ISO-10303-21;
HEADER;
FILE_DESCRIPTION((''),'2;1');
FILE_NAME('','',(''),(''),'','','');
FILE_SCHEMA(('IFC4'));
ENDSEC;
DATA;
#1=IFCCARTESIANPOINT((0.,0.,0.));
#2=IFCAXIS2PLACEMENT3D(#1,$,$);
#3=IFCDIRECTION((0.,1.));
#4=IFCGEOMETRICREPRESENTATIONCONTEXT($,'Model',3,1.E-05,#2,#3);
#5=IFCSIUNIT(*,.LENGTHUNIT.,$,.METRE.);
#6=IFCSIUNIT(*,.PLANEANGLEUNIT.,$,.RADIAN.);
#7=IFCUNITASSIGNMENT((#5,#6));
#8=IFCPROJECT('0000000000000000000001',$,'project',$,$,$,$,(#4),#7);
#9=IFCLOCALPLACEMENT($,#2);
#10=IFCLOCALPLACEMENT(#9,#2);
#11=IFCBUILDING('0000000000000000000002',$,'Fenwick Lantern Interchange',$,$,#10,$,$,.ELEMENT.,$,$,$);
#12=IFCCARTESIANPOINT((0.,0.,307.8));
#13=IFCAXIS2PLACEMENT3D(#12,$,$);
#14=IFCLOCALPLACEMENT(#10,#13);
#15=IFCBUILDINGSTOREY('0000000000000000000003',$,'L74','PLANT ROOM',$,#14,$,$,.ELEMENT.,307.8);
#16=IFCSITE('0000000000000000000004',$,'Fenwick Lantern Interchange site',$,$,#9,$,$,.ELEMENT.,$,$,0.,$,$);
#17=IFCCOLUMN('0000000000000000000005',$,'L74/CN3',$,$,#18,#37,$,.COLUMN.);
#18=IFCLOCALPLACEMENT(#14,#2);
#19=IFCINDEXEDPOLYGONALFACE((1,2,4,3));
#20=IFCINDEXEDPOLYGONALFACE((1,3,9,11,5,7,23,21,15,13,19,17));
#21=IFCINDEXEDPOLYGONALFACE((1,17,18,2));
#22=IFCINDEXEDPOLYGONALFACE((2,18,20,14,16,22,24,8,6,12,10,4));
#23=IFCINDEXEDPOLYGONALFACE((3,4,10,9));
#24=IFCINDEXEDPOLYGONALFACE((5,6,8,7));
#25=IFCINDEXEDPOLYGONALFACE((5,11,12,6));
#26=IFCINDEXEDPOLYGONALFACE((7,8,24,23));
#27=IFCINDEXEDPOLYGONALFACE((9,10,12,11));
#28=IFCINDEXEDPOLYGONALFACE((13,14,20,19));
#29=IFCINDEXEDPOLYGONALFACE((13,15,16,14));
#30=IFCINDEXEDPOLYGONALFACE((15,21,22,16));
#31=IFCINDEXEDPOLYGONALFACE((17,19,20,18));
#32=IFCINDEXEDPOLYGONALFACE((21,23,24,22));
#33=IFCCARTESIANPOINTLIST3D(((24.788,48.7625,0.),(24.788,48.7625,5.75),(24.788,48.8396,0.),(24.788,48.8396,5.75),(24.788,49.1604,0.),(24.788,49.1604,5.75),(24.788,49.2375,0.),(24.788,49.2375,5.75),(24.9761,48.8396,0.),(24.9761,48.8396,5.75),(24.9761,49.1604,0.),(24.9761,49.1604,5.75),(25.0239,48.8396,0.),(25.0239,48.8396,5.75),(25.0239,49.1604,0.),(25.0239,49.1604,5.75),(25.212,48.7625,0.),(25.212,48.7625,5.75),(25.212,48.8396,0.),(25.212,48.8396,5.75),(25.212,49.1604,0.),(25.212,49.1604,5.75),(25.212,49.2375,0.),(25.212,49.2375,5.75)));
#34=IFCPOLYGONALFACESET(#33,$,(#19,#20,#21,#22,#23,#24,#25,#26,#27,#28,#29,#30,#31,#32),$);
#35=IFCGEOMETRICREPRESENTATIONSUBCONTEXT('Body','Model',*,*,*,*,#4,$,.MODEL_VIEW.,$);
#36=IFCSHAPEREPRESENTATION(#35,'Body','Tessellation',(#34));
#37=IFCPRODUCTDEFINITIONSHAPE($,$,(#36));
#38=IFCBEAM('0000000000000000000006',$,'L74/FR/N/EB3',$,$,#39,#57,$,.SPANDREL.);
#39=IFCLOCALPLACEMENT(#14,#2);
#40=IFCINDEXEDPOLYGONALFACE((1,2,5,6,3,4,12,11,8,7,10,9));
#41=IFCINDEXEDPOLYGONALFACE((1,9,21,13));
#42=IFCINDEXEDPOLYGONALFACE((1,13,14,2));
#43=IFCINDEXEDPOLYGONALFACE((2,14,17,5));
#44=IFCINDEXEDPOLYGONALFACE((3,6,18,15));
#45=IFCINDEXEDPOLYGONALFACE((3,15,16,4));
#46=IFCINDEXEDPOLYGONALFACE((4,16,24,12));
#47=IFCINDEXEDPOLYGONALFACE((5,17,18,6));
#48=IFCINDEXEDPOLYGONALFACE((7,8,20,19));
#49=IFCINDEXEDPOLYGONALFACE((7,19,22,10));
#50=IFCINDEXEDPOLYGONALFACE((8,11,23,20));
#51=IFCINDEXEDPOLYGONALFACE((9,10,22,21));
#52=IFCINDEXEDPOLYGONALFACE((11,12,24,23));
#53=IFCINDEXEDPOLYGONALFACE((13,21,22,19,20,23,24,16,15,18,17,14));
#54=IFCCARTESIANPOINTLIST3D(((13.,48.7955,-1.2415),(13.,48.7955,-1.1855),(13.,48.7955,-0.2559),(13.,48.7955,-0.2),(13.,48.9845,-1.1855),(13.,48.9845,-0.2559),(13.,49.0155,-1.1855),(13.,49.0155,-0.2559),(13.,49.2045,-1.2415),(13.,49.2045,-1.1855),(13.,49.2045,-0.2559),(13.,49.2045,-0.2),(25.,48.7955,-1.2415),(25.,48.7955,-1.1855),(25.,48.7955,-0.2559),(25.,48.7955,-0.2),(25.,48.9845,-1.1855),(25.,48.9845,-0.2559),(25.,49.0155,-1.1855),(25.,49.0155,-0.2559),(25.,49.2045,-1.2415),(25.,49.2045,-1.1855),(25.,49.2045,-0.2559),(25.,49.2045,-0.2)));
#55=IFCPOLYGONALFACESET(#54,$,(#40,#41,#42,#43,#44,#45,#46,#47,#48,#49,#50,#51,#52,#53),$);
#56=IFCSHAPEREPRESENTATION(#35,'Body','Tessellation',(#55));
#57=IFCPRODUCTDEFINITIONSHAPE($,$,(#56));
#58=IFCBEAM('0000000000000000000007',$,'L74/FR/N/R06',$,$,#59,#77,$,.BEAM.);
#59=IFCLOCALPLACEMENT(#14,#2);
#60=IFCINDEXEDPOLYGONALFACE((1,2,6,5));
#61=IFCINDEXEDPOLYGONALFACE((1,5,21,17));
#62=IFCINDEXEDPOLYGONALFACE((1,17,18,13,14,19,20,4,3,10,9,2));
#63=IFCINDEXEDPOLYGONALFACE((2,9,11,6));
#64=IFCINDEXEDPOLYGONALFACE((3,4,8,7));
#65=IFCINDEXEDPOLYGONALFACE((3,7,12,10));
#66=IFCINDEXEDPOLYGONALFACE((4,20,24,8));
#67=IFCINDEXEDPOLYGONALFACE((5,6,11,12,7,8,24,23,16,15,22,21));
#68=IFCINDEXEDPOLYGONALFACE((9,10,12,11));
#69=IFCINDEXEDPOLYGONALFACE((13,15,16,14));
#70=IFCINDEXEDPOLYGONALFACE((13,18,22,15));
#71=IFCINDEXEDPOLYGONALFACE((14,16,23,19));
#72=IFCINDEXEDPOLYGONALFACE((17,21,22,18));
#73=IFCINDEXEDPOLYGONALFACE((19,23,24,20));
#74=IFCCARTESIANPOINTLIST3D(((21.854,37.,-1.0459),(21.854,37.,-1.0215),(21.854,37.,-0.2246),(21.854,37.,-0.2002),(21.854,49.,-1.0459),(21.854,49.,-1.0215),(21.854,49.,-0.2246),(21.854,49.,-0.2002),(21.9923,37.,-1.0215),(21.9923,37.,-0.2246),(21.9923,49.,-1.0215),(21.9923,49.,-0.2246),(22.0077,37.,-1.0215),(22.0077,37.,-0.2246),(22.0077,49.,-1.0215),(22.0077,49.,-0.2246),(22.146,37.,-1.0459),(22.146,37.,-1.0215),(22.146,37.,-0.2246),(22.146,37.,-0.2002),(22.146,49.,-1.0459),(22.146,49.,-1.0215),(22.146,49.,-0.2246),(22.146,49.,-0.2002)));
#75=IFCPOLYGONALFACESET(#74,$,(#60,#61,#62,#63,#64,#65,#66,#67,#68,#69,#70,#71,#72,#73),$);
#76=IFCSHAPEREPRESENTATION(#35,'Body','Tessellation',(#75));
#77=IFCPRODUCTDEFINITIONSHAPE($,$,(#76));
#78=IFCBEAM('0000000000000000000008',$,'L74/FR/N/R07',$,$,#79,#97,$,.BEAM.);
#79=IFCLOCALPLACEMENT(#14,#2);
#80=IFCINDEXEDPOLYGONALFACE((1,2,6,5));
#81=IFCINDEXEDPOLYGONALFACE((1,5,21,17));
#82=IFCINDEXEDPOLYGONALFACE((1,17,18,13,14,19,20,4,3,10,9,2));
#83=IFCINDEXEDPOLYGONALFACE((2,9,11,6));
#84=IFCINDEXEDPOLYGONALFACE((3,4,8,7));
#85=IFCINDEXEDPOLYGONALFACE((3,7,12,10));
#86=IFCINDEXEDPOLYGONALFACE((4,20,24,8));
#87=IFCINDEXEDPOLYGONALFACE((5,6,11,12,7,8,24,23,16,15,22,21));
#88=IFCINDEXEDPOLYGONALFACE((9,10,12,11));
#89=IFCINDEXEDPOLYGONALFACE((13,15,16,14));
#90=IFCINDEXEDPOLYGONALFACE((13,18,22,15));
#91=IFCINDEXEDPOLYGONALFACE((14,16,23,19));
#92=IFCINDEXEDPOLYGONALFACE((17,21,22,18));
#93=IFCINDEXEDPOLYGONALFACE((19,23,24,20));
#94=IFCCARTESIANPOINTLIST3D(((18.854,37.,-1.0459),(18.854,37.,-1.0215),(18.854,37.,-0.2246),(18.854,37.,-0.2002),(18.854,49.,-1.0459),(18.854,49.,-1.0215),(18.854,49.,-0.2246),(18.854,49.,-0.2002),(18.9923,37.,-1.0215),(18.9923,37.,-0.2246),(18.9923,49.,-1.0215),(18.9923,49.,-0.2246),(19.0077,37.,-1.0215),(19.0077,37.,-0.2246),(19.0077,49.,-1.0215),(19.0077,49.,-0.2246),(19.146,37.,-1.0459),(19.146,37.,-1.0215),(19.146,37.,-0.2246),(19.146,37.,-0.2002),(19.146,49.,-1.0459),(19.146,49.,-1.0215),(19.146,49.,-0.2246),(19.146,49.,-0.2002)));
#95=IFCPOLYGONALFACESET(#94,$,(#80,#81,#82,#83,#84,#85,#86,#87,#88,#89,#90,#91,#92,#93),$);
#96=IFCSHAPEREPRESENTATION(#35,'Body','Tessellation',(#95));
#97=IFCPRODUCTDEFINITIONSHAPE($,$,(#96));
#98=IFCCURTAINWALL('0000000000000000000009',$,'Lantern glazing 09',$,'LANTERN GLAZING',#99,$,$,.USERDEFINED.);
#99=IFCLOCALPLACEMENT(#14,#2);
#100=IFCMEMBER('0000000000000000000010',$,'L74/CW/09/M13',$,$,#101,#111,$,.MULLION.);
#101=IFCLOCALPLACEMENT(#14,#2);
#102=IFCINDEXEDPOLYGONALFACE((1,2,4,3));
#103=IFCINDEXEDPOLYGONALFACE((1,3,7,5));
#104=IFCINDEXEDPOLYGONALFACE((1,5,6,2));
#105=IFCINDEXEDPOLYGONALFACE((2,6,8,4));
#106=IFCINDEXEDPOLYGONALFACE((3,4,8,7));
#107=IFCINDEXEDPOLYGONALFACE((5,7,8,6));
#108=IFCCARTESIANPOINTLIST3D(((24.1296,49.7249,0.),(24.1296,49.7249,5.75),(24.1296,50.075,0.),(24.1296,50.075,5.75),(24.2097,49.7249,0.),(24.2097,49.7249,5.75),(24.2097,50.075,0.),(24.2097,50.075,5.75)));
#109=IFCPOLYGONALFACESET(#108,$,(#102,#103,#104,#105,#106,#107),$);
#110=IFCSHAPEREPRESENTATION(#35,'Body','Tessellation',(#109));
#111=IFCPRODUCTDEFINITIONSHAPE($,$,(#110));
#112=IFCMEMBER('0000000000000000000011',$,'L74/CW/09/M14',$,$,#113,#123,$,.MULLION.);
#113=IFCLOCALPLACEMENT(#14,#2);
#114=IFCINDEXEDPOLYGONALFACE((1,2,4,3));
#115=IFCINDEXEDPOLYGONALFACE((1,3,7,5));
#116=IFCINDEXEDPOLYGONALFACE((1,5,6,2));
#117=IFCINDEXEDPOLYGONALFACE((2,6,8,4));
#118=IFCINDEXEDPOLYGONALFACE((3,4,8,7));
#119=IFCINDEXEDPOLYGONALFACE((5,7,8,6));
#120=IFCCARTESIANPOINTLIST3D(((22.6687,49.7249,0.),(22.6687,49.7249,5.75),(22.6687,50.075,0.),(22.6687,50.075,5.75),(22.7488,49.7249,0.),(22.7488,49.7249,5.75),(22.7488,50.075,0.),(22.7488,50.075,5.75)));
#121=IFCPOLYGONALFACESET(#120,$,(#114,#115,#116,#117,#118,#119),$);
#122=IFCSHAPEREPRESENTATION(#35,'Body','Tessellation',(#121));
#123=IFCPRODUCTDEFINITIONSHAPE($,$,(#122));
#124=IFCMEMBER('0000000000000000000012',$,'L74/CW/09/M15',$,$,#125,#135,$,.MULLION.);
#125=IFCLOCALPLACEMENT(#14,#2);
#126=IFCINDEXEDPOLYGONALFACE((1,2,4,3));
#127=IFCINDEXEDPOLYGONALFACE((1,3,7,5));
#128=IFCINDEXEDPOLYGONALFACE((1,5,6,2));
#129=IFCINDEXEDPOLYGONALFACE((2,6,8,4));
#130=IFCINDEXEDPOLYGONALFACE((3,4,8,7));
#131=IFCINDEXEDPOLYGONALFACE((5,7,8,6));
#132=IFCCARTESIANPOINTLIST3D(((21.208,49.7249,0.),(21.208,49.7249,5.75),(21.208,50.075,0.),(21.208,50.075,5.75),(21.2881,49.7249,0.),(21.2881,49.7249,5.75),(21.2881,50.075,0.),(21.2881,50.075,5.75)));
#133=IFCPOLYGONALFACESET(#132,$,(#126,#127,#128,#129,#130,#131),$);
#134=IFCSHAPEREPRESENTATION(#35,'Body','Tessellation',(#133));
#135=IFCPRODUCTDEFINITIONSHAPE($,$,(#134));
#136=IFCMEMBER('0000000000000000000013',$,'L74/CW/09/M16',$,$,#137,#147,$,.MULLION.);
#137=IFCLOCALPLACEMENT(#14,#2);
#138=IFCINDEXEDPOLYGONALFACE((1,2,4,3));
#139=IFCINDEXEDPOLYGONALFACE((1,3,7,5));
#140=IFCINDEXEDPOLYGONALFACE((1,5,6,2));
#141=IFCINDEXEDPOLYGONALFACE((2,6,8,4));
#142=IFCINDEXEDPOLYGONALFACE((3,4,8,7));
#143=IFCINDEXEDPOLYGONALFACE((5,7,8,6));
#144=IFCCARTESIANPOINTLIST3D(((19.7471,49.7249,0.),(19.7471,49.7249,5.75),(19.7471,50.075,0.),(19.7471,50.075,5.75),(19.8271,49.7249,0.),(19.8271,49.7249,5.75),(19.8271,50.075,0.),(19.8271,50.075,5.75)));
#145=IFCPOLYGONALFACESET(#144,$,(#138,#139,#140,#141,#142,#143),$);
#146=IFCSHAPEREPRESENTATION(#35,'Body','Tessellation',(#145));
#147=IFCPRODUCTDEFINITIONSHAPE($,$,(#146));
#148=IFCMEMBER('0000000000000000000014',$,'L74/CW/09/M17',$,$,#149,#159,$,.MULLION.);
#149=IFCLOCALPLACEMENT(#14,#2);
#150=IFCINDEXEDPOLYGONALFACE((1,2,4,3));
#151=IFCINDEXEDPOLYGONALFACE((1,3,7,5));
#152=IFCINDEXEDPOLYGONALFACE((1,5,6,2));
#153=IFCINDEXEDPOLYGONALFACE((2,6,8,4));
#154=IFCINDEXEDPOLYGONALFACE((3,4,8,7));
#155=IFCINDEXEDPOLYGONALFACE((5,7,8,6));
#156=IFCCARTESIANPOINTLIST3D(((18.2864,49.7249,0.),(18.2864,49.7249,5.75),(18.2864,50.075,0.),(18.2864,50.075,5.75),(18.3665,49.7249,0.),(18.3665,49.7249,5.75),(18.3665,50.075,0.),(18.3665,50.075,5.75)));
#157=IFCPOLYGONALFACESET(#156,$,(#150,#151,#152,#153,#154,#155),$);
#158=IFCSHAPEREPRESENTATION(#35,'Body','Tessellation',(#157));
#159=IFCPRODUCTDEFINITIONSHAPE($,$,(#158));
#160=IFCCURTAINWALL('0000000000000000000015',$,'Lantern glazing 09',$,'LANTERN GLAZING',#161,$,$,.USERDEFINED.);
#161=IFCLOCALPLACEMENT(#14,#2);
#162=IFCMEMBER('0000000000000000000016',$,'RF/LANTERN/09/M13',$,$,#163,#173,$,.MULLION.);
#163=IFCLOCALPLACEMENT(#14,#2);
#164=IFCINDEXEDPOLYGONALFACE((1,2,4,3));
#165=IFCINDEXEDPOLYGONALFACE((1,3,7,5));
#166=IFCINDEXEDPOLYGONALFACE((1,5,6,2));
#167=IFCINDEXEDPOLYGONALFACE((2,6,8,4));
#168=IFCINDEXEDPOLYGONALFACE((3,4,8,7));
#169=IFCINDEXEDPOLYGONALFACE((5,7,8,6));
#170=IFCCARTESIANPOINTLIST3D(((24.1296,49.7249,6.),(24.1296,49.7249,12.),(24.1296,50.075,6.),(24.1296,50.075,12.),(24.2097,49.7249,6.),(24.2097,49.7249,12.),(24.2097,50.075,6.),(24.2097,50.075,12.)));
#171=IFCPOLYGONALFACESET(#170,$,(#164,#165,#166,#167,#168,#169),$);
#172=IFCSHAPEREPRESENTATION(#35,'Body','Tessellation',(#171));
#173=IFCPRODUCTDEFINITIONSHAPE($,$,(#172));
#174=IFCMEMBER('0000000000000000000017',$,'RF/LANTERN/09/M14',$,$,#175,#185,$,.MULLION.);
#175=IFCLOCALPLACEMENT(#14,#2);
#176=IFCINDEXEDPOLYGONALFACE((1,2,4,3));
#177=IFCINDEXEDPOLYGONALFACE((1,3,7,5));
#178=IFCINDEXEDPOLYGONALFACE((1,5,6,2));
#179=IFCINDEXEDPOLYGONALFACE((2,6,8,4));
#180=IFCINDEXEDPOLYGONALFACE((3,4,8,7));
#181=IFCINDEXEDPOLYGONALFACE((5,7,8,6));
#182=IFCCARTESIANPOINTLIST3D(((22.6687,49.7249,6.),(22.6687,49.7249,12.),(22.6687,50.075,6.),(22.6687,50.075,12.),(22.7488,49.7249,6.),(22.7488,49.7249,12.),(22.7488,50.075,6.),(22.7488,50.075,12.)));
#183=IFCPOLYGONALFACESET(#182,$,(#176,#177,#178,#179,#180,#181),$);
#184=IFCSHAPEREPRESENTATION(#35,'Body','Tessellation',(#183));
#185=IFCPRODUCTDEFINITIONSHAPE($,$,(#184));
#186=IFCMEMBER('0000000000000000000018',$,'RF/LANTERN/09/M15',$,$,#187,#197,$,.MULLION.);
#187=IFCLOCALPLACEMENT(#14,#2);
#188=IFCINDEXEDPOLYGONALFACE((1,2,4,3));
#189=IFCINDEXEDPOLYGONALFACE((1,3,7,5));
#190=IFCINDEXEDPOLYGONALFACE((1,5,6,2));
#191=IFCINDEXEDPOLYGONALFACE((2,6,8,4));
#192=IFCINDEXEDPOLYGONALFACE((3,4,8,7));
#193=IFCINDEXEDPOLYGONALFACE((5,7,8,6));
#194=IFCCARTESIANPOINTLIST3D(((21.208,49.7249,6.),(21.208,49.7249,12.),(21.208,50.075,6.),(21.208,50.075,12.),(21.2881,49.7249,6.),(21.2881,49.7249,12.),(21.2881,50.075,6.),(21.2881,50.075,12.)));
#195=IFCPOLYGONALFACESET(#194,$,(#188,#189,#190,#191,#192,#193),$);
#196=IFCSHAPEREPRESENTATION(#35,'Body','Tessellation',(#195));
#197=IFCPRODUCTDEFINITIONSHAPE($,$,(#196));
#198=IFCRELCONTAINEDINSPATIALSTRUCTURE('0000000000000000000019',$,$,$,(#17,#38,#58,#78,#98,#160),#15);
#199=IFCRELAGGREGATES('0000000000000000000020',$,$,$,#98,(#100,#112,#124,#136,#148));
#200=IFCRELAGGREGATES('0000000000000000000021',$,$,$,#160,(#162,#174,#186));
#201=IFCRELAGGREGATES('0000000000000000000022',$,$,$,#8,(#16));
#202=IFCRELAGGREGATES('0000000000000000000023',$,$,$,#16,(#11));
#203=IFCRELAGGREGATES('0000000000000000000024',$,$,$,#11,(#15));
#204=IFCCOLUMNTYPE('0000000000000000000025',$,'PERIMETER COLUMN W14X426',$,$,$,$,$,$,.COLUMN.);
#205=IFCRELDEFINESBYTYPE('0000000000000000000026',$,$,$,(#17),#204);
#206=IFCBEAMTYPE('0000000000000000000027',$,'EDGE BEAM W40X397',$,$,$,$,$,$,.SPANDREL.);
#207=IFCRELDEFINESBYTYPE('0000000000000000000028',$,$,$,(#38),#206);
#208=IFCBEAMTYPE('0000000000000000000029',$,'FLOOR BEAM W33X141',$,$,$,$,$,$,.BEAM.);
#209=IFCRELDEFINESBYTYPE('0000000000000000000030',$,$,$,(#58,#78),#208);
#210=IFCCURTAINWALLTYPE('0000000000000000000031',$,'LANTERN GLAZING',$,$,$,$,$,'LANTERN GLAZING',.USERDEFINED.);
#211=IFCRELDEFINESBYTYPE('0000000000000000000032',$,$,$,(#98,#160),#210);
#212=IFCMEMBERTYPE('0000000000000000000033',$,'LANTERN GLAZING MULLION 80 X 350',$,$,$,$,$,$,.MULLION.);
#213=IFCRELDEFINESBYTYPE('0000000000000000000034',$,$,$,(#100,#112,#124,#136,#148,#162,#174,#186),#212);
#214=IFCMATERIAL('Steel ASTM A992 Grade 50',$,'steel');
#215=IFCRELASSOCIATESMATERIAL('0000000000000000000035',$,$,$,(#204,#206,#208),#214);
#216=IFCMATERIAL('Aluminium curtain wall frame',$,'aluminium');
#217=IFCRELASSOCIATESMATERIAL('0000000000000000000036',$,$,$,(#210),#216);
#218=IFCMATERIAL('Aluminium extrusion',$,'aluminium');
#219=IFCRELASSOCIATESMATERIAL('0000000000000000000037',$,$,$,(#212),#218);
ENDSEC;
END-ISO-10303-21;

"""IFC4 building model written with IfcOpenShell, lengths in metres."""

from ifc_helpers import new_model, si_unit, direction, frame, origin, origin_2d, place, context, subcontext, project, spatial, rectangle, i_section, extrude, material, material_profile, profile_set, type_object, element, aggregate, save


model = new_model("IFC4")

# Units and contexts
model_context = context("Model", 3, precision=1e-05, world=origin(), true_north=direction((0.0, 1.0)))
body_context = subcontext(model_context, "Body", "Model", "MODEL_VIEW")
ifc_project = project(units=[si_unit("LENGTHUNIT", "METRE"), si_unit("PLANEANGLEUNIT", "RADIAN")], contexts=[model_context])

# Site, building, storey
site_placement = place(None, origin())
site = spatial("IfcSite", under=ifc_project, at=site_placement, Name="Fenwick Lantern Interchange site", CompositionType="ELEMENT", RefElevation=0.0)
building_placement = place(site_placement, origin())
building = spatial("IfcBuilding", under=site, at=building_placement, Name="Fenwick Lantern Interchange", CompositionType="ELEMENT")
storey_placement = place(building_placement, frame((0.0, 0.0, 307.8)))
storey = spatial("IfcBuildingStorey", under=building, at=storey_placement, Name="L74", Description="PLANT ROOM", CompositionType="ELEMENT", Elevation=307.8)

# Column
ifc_material_1 = material(Name="Steel ASTM A992 Grade 50", Category="steel")
ifc_material_profile_1 = material_profile(ifc_material_1, i_section(OverallWidth=0.4241, OverallDepth=0.4751, WebThickness=0.0479, FlangeThickness=0.0771, at=origin_2d()), Name="W14X426")
ifc_profile_set_1 = profile_set([ifc_material_profile_1], Name="Steel ASTM A992 Grade 50")
column_type = type_object("IfcColumnType", Name="PERIMETER COLUMN W14X426", PredefinedType="COLUMN", material=ifc_profile_set_1)
column_placement = place(storey_placement, frame((25.0, 49.0, 0.0), z_axis=(0.0, 0.0, 1.0), x_axis=(1.0, 0.0, 0.0)))
element("IfcColumn", 1, at=column_placement, inside=storey, type_object=column_type, Name="L74/CN3", PredefinedType="COLUMN", context=body_context, shape_type="SweptSolid", body=[
    extrude(i_section(OverallWidth=0.4241, OverallDepth=0.4751, WebThickness=0.0479, FlangeThickness=0.0771, at=origin_2d()), origin(), (0.0, 0.0, 1.0), 5.75),
])

# Beams
ifc_material_profile_2 = material_profile(ifc_material_1, i_section(OverallWidth=0.4089, OverallDepth=1.0415, WebThickness=0.031, FlangeThickness=0.0559, at=origin_2d()), Name="W40X397")
ifc_profile_set_2 = profile_set([ifc_material_profile_2], Name="Steel ASTM A992 Grade 50")
beam_type_1 = type_object("IfcBeamType", Name="EDGE BEAM W40X397", PredefinedType="SPANDREL", material=ifc_profile_set_2)
beam_1_placement = place(storey_placement, frame((25.0, 49.0, -0.7207), z_axis=(-1.0, 0.0, 0.0), x_axis=(0.0, -1.0, 0.0)))
element("IfcBeam", 2, at=beam_1_placement, inside=storey, type_object=beam_type_1, Name="L74/FR/N/EB3", PredefinedType="SPANDREL", context=body_context, shape_type="SweptSolid", body=[
    extrude(i_section(OverallWidth=0.4089, OverallDepth=1.0415, WebThickness=0.031, FlangeThickness=0.0559, at=origin_2d()), origin(), (0.0, 0.0, 1.0), 12.0),
])
ifc_material_profile_3 = material_profile(ifc_material_1, i_section(OverallWidth=0.292, OverallDepth=0.8457, WebThickness=0.0154, FlangeThickness=0.0244, at=origin_2d()), Name="W33X141")
ifc_profile_set_3 = profile_set([ifc_material_profile_3], Name="Steel ASTM A992 Grade 50")
beam_type_2 = type_object("IfcBeamType", Name="FLOOR BEAM W33X141", PredefinedType="BEAM", material=ifc_profile_set_3)
for number, where, z_axis, x_axis, name in (
    (3, (22.0, 49.0, -0.623), (0.0, -1.0, 0.0), (1.0, 0.0, 0.0), "L74/FR/N/R06"),
    (4, (19.0, 49.0, -0.623), (0.0, -1.0, 0.0), (1.0, 0.0, 0.0), "L74/FR/N/R07"),
):
    element("IfcBeam", number, at=place(storey_placement, frame(where, z_axis=z_axis, x_axis=x_axis)), inside=storey, type_object=beam_type_2, Name=name, PredefinedType="BEAM", context=body_context, shape_type="SweptSolid", body=[
        extrude(i_section(OverallWidth=0.292, OverallDepth=0.8457, WebThickness=0.0154, FlangeThickness=0.0244, at=origin_2d()), origin(), (0.0, 0.0, 1.0), 12.0),
    ])

# Curtain walls, members
ifc_material_2 = material(Name="Aluminium curtain wall frame", Category="aluminium")
curtain_wall_type = type_object("IfcCurtainWallType", Name="LANTERN GLAZING", ElementType="LANTERN GLAZING", PredefinedType="USERDEFINED", material=ifc_material_2)
curtain_wall_1_placement = place(storey_placement, origin())
curtain_wall_1 = element("IfcCurtainWall", 5, at=curtain_wall_1_placement, inside=storey, type_object=curtain_wall_type, Name="Lantern glazing 09", ObjectType="LANTERN GLAZING", PredefinedType="USERDEFINED")
ifc_material_3 = material(Name="Aluminium extrusion", Category="aluminium")
ifc_material_profile_4 = material_profile(ifc_material_3, rectangle(XDim=0.3501, YDim=0.0801, at=origin_2d()), Name="LANTERN GLAZING MULLION 80 X 350")
ifc_profile_set_4 = profile_set([ifc_material_profile_4], Name="Aluminium extrusion")
member_type_1 = type_object("IfcMemberType", Name="LANTERN GLAZING MULLION 80 X 350", PredefinedType="MULLION", material=ifc_profile_set_4)
member_1_placement = place(storey_placement, frame((24.1697, 49.8999, 0.0), z_axis=(0.0, 0.0, 1.0), x_axis=(0.0, -1.0, 0.0)))
member_1 = element("IfcMember", 6, at=member_1_placement, type_object=member_type_1, Name="L74/CW/09/M13", PredefinedType="MULLION", context=body_context, shape_type="SweptSolid", body=[
    extrude(rectangle(XDim=0.3501, YDim=0.0801, at=origin_2d()), origin(), (0.0, 0.0, 1.0), 5.75),
])
member_2_placement = place(storey_placement, frame((22.7087, 49.8999, 0.0), z_axis=(0.0, 0.0, 1.0), x_axis=(0.0, -1.0, 0.0)))
member_2 = element("IfcMember", 7, at=member_2_placement, type_object=member_type_1, Name="L74/CW/09/M14", PredefinedType="MULLION", context=body_context, shape_type="SweptSolid", body=[
    extrude(rectangle(XDim=0.3501, YDim=0.0801, at=origin_2d()), origin(), (0.0, 0.0, 1.0), 5.75),
])
member_3_placement = place(storey_placement, frame((21.248, 49.8999, 0.0), z_axis=(0.0, 0.0, 1.0), x_axis=(0.0, -1.0, 0.0)))
member_3 = element("IfcMember", 8, at=member_3_placement, type_object=member_type_1, Name="L74/CW/09/M15", PredefinedType="MULLION", context=body_context, shape_type="SweptSolid", body=[
    extrude(rectangle(XDim=0.3501, YDim=0.0801, at=origin_2d()), origin(), (0.0, 0.0, 1.0), 5.75),
])
member_4_placement = place(storey_placement, frame((19.7871, 49.8999, 0.0), z_axis=(0.0, 0.0, 1.0), x_axis=(0.0, -1.0, 0.0)))
member_4 = element("IfcMember", 9, at=member_4_placement, type_object=member_type_1, Name="L74/CW/09/M16", PredefinedType="MULLION", context=body_context, shape_type="SweptSolid", body=[
    extrude(rectangle(XDim=0.3501, YDim=0.0801, at=origin_2d()), origin(), (0.0, 0.0, 1.0), 5.75),
])
member_5_placement = place(storey_placement, frame((18.3264, 49.8999, 0.0), z_axis=(0.0, 0.0, 1.0), x_axis=(0.0, -1.0, 0.0)))
member_5 = element("IfcMember", 10, at=member_5_placement, type_object=member_type_1, Name="L74/CW/09/M17", PredefinedType="MULLION", context=body_context, shape_type="SweptSolid", body=[
    extrude(rectangle(XDim=0.3501, YDim=0.0801, at=origin_2d()), origin(), (0.0, 0.0, 1.0), 5.75),
])
curtain_wall_2_placement = place(storey_placement, origin())
curtain_wall_2 = element("IfcCurtainWall", 11, at=curtain_wall_2_placement, inside=storey, type_object=curtain_wall_type, Name="Lantern glazing 09", ObjectType="LANTERN GLAZING", PredefinedType="USERDEFINED")
member_6_placement = place(storey_placement, frame((24.1697, 49.8999, 6.0), z_axis=(0.0, 0.0, 1.0), x_axis=(0.0, -1.0, 0.0)))
member_6 = element("IfcMember", 12, at=member_6_placement, type_object=member_type_1, Name="RF/LANTERN/09/M13", PredefinedType="MULLION", context=body_context, shape_type="SweptSolid", body=[
    extrude(rectangle(XDim=0.3501, YDim=0.0801, at=origin_2d()), origin(), (0.0, 0.0, 1.0), 6.0),
])
member_7_placement = place(storey_placement, frame((22.7087, 49.8999, 6.0), z_axis=(0.0, 0.0, 1.0), x_axis=(0.0, -1.0, 0.0)))
member_7 = element("IfcMember", 13, at=member_7_placement, type_object=member_type_1, Name="RF/LANTERN/09/M14", PredefinedType="MULLION", context=body_context, shape_type="SweptSolid", body=[
    extrude(rectangle(XDim=0.3501, YDim=0.0801, at=origin_2d()), origin(), (0.0, 0.0, 1.0), 6.0),
])
member_8_placement = place(storey_placement, frame((21.248, 49.8999, 6.0), z_axis=(0.0, 0.0, 1.0), x_axis=(0.0, -1.0, 0.0)))
member_8 = element("IfcMember", 14, at=member_8_placement, type_object=member_type_1, Name="RF/LANTERN/09/M15", PredefinedType="MULLION", context=body_context, shape_type="SweptSolid", body=[
    extrude(rectangle(XDim=0.3501, YDim=0.0801, at=origin_2d()), origin(), (0.0, 0.0, 1.0), 6.0),
])

aggregate(curtain_wall_1, [member_1, member_2, member_3, member_4, member_5])
aggregate(curtain_wall_2, [member_6, member_7, member_8])

save(model, "model.ifc")
